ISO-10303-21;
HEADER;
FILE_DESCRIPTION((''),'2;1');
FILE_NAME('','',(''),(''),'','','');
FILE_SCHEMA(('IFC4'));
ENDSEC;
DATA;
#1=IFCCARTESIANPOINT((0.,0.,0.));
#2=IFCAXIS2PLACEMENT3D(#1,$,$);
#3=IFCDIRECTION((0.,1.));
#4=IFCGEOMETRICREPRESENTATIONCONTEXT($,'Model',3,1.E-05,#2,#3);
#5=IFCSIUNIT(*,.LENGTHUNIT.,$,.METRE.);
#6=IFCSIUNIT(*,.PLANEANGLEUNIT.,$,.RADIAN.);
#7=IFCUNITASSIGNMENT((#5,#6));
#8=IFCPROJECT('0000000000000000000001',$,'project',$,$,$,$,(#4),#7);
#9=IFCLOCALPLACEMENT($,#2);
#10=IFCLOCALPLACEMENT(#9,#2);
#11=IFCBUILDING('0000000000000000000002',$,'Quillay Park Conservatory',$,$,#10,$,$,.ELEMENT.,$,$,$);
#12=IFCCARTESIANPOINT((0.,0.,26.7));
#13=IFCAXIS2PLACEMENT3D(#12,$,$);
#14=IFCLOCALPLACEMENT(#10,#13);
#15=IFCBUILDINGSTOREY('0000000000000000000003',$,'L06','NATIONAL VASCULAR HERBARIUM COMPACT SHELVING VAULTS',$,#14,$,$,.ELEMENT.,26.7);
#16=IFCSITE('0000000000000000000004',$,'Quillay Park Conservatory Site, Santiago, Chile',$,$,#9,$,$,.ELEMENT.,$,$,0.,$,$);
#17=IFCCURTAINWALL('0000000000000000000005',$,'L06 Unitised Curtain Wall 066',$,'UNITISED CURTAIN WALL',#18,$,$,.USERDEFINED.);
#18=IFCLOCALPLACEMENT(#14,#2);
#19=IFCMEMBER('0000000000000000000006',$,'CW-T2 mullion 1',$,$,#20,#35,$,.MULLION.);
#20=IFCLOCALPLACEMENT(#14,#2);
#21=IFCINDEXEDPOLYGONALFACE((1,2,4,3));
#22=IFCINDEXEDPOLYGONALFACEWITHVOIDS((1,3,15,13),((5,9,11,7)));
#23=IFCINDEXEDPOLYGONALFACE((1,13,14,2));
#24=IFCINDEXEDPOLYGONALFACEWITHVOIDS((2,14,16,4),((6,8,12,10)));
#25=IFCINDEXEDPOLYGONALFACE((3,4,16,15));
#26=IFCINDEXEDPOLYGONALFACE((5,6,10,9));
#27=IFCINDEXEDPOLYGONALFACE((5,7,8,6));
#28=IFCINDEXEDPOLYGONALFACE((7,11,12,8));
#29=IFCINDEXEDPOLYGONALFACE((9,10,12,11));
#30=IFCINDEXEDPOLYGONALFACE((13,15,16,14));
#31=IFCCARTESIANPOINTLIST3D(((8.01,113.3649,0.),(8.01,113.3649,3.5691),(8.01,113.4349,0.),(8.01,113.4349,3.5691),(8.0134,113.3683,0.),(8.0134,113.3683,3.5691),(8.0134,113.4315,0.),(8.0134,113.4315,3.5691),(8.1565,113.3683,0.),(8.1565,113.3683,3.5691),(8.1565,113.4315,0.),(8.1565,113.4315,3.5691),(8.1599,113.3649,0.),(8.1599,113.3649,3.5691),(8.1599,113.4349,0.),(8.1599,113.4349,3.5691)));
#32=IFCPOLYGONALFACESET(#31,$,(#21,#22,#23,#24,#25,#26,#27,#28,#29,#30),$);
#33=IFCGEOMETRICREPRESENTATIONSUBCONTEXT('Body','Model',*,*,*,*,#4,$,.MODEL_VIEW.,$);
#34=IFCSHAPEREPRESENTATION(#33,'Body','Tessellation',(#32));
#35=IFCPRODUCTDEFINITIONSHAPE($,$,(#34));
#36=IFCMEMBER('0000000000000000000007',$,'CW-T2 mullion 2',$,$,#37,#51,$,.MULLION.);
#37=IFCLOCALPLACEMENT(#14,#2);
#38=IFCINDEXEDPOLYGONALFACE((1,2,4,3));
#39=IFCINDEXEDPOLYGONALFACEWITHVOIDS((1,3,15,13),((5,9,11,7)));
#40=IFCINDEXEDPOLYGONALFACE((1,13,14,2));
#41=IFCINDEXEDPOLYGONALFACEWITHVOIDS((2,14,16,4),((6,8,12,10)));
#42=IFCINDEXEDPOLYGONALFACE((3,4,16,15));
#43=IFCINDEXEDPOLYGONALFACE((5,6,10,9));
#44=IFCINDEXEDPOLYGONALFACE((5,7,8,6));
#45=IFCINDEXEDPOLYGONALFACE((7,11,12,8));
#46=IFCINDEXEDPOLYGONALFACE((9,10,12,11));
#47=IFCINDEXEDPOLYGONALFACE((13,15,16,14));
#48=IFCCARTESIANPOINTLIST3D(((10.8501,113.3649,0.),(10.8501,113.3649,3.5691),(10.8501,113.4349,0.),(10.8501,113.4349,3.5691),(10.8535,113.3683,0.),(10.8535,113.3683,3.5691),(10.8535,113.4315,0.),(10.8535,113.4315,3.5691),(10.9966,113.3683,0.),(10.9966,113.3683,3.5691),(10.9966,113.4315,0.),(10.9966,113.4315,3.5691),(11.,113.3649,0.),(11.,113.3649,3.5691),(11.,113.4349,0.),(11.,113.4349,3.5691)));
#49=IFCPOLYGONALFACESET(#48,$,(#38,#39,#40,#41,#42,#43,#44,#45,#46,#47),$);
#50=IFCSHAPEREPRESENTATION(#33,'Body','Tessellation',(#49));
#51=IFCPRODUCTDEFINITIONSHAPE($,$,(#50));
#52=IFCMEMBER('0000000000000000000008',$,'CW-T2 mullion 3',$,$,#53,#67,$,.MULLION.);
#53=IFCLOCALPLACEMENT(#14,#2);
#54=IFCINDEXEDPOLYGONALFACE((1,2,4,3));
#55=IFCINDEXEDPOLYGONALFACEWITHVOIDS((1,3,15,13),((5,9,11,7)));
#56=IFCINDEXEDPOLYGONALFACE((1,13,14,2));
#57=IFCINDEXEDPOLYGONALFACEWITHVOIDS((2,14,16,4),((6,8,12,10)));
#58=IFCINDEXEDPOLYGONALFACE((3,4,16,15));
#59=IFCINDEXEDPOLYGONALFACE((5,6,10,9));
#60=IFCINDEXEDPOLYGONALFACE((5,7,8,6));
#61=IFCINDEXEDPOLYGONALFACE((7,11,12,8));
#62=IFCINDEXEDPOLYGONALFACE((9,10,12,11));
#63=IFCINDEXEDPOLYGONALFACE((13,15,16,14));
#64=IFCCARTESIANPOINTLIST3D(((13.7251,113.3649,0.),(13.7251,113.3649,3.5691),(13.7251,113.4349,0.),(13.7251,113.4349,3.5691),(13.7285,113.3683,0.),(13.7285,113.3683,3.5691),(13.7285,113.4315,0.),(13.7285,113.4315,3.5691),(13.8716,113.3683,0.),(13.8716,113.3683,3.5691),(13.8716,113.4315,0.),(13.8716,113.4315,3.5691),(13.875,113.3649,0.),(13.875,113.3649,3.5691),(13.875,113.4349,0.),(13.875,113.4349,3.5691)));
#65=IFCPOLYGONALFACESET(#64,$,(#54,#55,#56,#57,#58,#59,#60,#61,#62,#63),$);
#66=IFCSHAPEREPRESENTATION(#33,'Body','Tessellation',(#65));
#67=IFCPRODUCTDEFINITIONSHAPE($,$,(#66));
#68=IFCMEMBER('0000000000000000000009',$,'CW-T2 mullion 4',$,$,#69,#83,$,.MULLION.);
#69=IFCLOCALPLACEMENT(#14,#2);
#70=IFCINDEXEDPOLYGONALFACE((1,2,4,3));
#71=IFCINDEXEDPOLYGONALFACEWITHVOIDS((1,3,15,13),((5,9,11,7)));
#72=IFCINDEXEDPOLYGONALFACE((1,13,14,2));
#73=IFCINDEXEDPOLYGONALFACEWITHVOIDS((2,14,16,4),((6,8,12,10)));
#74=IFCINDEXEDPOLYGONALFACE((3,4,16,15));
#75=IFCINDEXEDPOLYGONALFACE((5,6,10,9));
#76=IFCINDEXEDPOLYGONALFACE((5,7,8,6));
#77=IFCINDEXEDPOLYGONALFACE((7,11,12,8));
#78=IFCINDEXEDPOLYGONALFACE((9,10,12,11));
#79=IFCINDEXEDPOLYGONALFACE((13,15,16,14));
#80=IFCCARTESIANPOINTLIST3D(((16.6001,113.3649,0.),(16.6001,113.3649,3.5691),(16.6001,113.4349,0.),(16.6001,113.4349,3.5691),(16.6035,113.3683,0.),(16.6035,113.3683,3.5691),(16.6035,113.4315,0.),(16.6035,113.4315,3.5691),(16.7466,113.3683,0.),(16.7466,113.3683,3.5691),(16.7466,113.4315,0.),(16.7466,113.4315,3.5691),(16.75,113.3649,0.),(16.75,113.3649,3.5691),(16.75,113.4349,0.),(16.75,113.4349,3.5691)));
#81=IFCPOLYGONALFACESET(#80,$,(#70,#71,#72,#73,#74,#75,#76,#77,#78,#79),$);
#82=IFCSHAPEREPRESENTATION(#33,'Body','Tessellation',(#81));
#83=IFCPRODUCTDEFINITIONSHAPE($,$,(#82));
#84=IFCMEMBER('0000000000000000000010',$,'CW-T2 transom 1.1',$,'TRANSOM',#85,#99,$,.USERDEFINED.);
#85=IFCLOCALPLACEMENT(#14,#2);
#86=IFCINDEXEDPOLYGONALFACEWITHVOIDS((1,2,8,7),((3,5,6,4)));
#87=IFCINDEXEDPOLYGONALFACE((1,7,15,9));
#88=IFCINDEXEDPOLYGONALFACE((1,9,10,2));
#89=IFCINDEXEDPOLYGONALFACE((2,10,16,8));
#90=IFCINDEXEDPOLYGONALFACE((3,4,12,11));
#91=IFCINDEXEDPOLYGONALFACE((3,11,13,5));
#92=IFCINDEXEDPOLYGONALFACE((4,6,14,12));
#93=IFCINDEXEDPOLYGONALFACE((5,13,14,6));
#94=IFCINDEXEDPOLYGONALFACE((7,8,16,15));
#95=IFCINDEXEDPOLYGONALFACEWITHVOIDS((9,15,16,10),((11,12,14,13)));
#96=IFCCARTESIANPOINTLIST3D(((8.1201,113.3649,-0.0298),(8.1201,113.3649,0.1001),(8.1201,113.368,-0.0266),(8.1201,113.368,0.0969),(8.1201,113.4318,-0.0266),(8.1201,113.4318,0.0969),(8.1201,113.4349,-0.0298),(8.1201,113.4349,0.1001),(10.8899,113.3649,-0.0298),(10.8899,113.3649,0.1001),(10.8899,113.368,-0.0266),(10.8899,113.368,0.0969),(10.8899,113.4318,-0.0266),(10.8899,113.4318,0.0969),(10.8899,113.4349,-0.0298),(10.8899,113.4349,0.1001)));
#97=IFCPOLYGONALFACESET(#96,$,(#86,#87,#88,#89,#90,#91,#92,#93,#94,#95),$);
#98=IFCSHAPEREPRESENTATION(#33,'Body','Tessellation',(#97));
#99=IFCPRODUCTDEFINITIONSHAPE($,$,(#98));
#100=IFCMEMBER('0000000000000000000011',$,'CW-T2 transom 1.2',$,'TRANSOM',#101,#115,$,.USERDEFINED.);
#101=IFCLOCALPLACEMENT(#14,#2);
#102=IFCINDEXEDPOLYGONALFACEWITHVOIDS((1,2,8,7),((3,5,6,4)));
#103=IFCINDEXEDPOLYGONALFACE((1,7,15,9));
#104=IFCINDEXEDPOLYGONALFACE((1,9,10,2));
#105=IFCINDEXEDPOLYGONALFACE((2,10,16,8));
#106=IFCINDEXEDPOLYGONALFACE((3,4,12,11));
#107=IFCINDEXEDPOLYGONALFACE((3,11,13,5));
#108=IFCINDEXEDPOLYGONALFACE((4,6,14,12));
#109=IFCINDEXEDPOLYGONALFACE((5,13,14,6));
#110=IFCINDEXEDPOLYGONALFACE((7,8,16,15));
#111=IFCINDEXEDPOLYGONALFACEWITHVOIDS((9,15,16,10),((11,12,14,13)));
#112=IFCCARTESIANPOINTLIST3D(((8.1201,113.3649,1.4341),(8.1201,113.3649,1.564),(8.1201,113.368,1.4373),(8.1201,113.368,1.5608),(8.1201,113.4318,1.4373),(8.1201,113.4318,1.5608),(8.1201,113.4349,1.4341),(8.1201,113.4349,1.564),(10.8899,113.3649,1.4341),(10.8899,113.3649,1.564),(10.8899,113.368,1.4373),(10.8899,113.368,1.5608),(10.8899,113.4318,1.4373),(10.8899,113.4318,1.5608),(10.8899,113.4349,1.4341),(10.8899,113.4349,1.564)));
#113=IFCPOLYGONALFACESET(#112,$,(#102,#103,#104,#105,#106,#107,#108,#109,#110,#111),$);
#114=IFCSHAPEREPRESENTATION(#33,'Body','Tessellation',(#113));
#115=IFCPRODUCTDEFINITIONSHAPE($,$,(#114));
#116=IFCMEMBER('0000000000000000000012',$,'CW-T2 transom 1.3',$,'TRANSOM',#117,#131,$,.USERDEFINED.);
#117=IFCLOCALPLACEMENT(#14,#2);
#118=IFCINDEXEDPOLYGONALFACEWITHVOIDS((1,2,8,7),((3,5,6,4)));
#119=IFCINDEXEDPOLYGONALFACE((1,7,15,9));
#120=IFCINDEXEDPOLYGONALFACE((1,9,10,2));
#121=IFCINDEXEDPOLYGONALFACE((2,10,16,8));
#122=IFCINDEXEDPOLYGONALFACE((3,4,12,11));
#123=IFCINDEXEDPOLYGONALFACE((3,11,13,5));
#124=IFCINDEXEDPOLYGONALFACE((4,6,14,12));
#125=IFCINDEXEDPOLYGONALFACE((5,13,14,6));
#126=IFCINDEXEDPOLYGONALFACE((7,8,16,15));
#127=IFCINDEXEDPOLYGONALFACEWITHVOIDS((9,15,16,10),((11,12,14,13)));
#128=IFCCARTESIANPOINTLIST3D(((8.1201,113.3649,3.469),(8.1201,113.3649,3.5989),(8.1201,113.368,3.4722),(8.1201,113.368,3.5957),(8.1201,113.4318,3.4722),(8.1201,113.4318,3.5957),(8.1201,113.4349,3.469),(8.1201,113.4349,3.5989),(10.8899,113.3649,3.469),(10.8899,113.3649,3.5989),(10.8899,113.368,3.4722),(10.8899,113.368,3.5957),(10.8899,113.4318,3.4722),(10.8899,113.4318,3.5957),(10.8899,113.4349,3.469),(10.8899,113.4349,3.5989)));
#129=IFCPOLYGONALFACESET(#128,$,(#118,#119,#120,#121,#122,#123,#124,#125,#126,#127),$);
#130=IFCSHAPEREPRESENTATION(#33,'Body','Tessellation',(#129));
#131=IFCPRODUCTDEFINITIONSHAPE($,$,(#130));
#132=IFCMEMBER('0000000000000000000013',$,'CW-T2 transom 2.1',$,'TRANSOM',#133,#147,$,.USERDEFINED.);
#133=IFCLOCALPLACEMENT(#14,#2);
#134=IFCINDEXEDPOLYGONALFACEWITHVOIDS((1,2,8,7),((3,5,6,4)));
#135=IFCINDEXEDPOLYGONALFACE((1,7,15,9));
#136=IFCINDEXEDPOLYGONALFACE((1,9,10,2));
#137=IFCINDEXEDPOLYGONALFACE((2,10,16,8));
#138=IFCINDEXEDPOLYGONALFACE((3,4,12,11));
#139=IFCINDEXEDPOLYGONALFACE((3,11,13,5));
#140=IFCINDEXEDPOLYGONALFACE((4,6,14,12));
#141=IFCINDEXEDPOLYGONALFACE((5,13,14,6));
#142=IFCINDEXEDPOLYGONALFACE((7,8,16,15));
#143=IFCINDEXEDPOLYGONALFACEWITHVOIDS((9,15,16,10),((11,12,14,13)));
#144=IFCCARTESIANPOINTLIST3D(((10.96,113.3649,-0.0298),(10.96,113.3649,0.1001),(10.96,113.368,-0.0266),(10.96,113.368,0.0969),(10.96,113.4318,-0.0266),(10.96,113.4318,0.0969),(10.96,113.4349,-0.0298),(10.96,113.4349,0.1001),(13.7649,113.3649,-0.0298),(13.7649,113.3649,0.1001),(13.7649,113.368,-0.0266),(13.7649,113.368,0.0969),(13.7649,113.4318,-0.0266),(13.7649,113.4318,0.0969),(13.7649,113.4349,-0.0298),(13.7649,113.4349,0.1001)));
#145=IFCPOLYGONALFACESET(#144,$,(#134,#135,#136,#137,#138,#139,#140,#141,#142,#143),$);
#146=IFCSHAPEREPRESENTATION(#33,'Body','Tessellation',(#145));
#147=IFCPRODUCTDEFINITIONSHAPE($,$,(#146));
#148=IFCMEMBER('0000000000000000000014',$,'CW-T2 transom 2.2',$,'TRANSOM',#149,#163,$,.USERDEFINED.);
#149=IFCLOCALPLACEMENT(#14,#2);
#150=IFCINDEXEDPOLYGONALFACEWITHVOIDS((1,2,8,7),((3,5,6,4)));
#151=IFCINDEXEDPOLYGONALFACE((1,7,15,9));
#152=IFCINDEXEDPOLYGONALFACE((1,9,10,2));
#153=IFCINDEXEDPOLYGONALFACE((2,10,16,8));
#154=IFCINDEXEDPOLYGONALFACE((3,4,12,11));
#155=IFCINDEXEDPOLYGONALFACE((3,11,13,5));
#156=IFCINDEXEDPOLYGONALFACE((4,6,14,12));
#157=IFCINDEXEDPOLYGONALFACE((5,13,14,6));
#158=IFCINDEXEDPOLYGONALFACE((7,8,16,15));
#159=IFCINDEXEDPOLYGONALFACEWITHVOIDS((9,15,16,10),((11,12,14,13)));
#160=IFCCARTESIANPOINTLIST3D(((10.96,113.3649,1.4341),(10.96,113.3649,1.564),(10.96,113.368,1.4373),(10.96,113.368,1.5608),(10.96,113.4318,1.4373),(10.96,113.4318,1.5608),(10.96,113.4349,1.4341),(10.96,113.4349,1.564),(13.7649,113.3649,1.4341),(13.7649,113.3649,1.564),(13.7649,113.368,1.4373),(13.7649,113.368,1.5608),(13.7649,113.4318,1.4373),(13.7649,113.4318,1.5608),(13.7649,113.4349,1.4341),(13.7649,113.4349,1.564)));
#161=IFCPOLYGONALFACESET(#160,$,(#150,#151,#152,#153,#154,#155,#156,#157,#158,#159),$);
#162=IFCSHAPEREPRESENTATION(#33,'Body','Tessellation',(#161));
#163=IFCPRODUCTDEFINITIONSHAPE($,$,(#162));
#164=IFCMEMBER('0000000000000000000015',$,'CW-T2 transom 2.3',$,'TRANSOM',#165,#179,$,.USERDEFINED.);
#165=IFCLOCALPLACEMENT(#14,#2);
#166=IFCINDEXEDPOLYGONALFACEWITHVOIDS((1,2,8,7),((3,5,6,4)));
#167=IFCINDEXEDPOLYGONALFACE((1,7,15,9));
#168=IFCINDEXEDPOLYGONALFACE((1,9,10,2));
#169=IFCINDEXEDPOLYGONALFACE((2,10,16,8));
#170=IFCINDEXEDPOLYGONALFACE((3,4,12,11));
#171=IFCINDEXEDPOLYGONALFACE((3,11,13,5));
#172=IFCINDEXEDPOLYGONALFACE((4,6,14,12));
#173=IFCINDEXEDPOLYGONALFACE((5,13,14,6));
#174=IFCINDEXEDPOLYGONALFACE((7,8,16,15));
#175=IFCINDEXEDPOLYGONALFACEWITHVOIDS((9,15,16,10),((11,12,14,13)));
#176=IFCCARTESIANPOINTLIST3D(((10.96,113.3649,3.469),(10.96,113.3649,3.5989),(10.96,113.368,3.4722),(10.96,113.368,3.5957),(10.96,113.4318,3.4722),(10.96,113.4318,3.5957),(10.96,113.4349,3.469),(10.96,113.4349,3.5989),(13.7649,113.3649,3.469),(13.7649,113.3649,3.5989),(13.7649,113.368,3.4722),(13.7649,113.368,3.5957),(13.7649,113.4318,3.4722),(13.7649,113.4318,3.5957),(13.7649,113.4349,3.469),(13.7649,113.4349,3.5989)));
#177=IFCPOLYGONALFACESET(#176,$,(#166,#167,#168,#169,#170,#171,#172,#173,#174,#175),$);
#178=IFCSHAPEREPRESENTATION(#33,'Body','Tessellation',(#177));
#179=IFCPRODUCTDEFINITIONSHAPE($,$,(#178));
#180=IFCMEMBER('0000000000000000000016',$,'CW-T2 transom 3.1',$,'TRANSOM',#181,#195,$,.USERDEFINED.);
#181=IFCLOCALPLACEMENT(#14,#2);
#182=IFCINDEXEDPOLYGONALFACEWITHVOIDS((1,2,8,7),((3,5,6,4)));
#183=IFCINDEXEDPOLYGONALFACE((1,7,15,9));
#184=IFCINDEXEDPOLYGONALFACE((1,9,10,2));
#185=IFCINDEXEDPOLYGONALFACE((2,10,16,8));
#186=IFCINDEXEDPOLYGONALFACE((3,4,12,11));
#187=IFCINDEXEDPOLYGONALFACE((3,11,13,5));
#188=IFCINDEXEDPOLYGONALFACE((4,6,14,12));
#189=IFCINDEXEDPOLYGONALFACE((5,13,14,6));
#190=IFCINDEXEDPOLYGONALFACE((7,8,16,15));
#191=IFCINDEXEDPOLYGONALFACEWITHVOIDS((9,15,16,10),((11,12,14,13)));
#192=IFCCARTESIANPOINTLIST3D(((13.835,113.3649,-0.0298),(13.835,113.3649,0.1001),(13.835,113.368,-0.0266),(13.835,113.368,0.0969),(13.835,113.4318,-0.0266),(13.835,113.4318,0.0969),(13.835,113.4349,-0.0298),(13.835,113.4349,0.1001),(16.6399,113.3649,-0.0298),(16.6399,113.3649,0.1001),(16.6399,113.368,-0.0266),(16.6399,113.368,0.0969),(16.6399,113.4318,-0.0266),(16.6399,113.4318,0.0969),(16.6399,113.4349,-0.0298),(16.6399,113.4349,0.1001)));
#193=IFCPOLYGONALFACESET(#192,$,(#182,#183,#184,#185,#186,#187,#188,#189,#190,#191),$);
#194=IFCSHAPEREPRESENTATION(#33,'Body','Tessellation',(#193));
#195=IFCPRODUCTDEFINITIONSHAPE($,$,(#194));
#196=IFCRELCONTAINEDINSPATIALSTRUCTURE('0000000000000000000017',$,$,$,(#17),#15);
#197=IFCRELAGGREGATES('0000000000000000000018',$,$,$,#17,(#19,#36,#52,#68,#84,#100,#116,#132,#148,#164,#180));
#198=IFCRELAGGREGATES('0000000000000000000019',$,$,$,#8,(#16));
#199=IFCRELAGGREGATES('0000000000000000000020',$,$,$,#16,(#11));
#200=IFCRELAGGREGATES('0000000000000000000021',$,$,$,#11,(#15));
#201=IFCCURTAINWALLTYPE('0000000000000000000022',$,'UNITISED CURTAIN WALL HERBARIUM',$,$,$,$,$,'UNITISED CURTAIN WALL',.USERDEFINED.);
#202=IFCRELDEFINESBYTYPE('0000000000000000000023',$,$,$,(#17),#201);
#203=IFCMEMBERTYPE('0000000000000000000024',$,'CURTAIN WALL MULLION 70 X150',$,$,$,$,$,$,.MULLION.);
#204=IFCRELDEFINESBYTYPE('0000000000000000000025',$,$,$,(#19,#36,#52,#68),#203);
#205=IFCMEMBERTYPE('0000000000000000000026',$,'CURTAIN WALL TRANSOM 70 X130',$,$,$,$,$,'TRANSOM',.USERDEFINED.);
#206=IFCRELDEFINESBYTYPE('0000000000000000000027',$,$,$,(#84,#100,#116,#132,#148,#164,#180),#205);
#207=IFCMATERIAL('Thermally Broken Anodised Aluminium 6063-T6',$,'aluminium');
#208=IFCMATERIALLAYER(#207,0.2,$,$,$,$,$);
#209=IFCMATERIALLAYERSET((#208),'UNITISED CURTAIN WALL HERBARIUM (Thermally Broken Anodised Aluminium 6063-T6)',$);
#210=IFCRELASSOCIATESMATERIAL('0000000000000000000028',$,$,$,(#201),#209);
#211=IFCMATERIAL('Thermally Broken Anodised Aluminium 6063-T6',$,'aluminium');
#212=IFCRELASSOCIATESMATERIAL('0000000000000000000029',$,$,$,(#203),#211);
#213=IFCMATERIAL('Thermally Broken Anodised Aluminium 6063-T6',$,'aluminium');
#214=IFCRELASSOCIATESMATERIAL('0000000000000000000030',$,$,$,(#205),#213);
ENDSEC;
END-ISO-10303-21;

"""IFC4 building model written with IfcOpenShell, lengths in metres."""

from ifc_helpers import new_model, si_unit, direction, frame, origin, origin_2d, place, context, subcontext, project, spatial, hollow_rectangle, extrude, material, layer, layer_set, material_profile, profile_set, type_object, element, aggregate, save


model = new_model("IFC4")

# Units and contexts
model_context = context("Model", 3, precision=1e-05, world=origin(), true_north=direction((0.0, 1.0)))
body_context = subcontext(model_context, "Body", "Model", "MODEL_VIEW")
ifc_project = project(units=[si_unit("LENGTHUNIT", "METRE"), si_unit("PLANEANGLEUNIT", "RADIAN")], contexts=[model_context])

# Site, building, storey
site_placement = place(None, origin())
site = spatial("IfcSite", under=ifc_project, at=site_placement, Name="Quillay Park Conservatory Site, Santiago, Chile", CompositionType="ELEMENT", RefElevation=0.0)
building_placement = place(site_placement, origin())
building = spatial("IfcBuilding", under=site, at=building_placement, Name="Quillay Park Conservatory", CompositionType="ELEMENT")
storey_placement = place(building_placement, frame((0.0, 0.0, 26.7)))
storey = spatial("IfcBuildingStorey", under=building, at=storey_placement, Name="L06", Description="NATIONAL VASCULAR HERBARIUM COMPACT SHELVING VAULTS", CompositionType="ELEMENT", Elevation=26.7)

# Curtain wall, members
ifc_material_1 = material(Name="Thermally Broken Anodised Aluminium 6063-T6", Category="aluminium")
ifc_layer_1 = layer(ifc_material_1, 0.2)
ifc_layer_set_1 = layer_set([ifc_layer_1], Name="UNITISED CURTAIN WALL HERBARIUM (Thermally Broken Anodised Aluminium 6063-T6)")
curtain_wall_type = type_object("IfcCurtainWallType", Name="UNITISED CURTAIN WALL HERBARIUM", ElementType="UNITISED CURTAIN WALL", PredefinedType="USERDEFINED", material=ifc_layer_set_1)
curtain_wall_placement = place(storey_placement, origin())
curtain_wall = element("IfcCurtainWall", 1, at=curtain_wall_placement, inside=storey, type_object=curtain_wall_type, Name="L06 Unitised Curtain Wall 066", ObjectType="UNITISED CURTAIN WALL", PredefinedType="USERDEFINED")
ifc_material_2 = material(Name="Thermally Broken Anodised Aluminium 6063-T6", Category="aluminium")
ifc_material_profile_1 = material_profile(ifc_material_2, hollow_rectangle(XDim=0.0701, YDim=0.1499, WallThickness=0.0034, at=origin_2d()), Name="AL70x150x3.5")
ifc_profile_set_1 = profile_set([ifc_material_profile_1], Name="Thermally Broken Anodised Aluminium 6063-T6")
member_type_1 = type_object("IfcMemberType", Name="CURTAIN WALL MULLION 70 X150", PredefinedType="MULLION", material=ifc_profile_set_1)
member_1_placement = place(storey_placement, frame((8.085, 113.3999, 0.0), z_axis=(0.0, 0.0, 1.0), x_axis=(0.0, 1.0, 0.0)))
member_1 = element("IfcMember", 2, at=member_1_placement, type_object=member_type_1, Name="CW-T2 mullion 1", PredefinedType="MULLION", context=body_context, shape_type="SweptSolid", body=[
    extrude(hollow_rectangle(XDim=0.0701, YDim=0.1499, WallThickness=0.0034, at=origin_2d()), origin(), (0.0, 0.0, 1.0), 3.5691),
])
member_2_placement = place(storey_placement, frame((10.925, 113.3999, 0.0), z_axis=(0.0, 0.0, 1.0), x_axis=(0.0, 1.0, 0.0)))
member_2 = element("IfcMember", 3, at=member_2_placement, type_object=member_type_1, Name="CW-T2 mullion 2", PredefinedType="MULLION", context=body_context, shape_type="SweptSolid", body=[
    extrude(hollow_rectangle(XDim=0.0701, YDim=0.1499, WallThickness=0.0034, at=origin_2d()), origin(), (0.0, 0.0, 1.0), 3.5691),
])
member_3_placement = place(storey_placement, frame((13.8, 113.3999, 0.0), z_axis=(0.0, 0.0, 1.0), x_axis=(0.0, 1.0, 0.0)))
member_3 = element("IfcMember", 4, at=member_3_placement, type_object=member_type_1, Name="CW-T2 mullion 3", PredefinedType="MULLION", context=body_context, shape_type="SweptSolid", body=[
    extrude(hollow_rectangle(XDim=0.0701, YDim=0.1499, WallThickness=0.0034, at=origin_2d()), origin(), (0.0, 0.0, 1.0), 3.5691),
])
member_4_placement = place(storey_placement, frame((16.675, 113.3999, 0.0), z_axis=(0.0, 0.0, 1.0), x_axis=(0.0, 1.0, 0.0)))
member_4 = element("IfcMember", 5, at=member_4_placement, type_object=member_type_1, Name="CW-T2 mullion 4", PredefinedType="MULLION", context=body_context, shape_type="SweptSolid", body=[
    extrude(hollow_rectangle(XDim=0.0701, YDim=0.1499, WallThickness=0.0034, at=origin_2d()), origin(), (0.0, 0.0, 1.0), 3.5691),
])
ifc_material_3 = material(Name="Thermally Broken Anodised Aluminium 6063-T6", Category="aluminium")
ifc_material_profile_2 = material_profile(ifc_material_3, hollow_rectangle(XDim=0.0701, YDim=0.1299, WallThickness=0.0032, at=origin_2d()), Name="AL70x130x3.2")
ifc_profile_set_2 = profile_set([ifc_material_profile_2], Name="Thermally Broken Anodised Aluminium 6063-T6")
member_type_2 = type_object("IfcMemberType", Name="CURTAIN WALL TRANSOM 70 X130", ElementType="TRANSOM", PredefinedType="USERDEFINED", material=ifc_profile_set_2)
member_5_placement = place(storey_placement, frame((8.1201, 113.3999, 0.0352), z_axis=(1.0, 0.0, 0.0), x_axis=(0.0, 1.0, 0.0)))
member_5 = element("IfcMember", 6, at=member_5_placement, type_object=member_type_2, Name="CW-T2 transom 1.1", ObjectType="TRANSOM", PredefinedType="USERDEFINED", context=body_context, shape_type="SweptSolid", body=[
    extrude(hollow_rectangle(XDim=0.0701, YDim=0.1299, WallThickness=0.0032, at=origin_2d()), origin(), (0.0, 0.0, 1.0), 2.7698),
])
member_6_placement = place(storey_placement, frame((8.1201, 113.3999, 1.499), z_axis=(1.0, 0.0, 0.0), x_axis=(0.0, 1.0, 0.0)))
member_6 = element("IfcMember", 7, at=member_6_placement, type_object=member_type_2, Name="CW-T2 transom 1.2", ObjectType="TRANSOM", PredefinedType="USERDEFINED", context=body_context, shape_type="SweptSolid", body=[
    extrude(hollow_rectangle(XDim=0.0701, YDim=0.1299, WallThickness=0.0032, at=origin_2d()), origin(), (0.0, 0.0, 1.0), 2.7698),
])
member_7_placement = place(storey_placement, frame((8.1201, 113.3999, 3.5339), z_axis=(1.0, 0.0, 0.0), x_axis=(0.0, 1.0, 0.0)))
member_7 = element("IfcMember", 8, at=member_7_placement, type_object=member_type_2, Name="CW-T2 transom 1.3", ObjectType="TRANSOM", PredefinedType="USERDEFINED", context=body_context, shape_type="SweptSolid", body=[
    extrude(hollow_rectangle(XDim=0.0701, YDim=0.1299, WallThickness=0.0032, at=origin_2d()), origin(), (0.0, 0.0, 1.0), 2.7698),
])
member_8_placement = place(storey_placement, frame((10.96, 113.3999, 0.0352), z_axis=(1.0, 0.0, 0.0), x_axis=(0.0, 1.0, 0.0)))
member_8 = element("IfcMember", 9, at=member_8_placement, type_object=member_type_2, Name="CW-T2 transom 2.1", ObjectType="TRANSOM", PredefinedType="USERDEFINED", context=body_context, shape_type="SweptSolid", body=[
    extrude(hollow_rectangle(XDim=0.0701, YDim=0.1299, WallThickness=0.0032, at=origin_2d()), origin(), (0.0, 0.0, 1.0), 2.8049),
])
member_9_placement = place(storey_placement, frame((10.96, 113.3999, 1.499), z_axis=(1.0, 0.0, 0.0), x_axis=(0.0, 1.0, 0.0)))
member_9 = element("IfcMember", 10, at=member_9_placement, type_object=member_type_2, Name="CW-T2 transom 2.2", ObjectType="TRANSOM", PredefinedType="USERDEFINED", context=body_context, shape_type="SweptSolid", body=[
    extrude(hollow_rectangle(XDim=0.0701, YDim=0.1299, WallThickness=0.0032, at=origin_2d()), origin(), (0.0, 0.0, 1.0), 2.8049),
])
member_10_placement = place(storey_placement, frame((10.96, 113.3999, 3.5339), z_axis=(1.0, 0.0, 0.0), x_axis=(0.0, 1.0, 0.0)))
member_10 = element("IfcMember", 11, at=member_10_placement, type_object=member_type_2, Name="CW-T2 transom 2.3", ObjectType="TRANSOM", PredefinedType="USERDEFINED", context=body_context, shape_type="SweptSolid", body=[
    extrude(hollow_rectangle(XDim=0.0701, YDim=0.1299, WallThickness=0.0032, at=origin_2d()), origin(), (0.0, 0.0, 1.0), 2.8049),
])
member_11_placement = place(storey_placement, frame((13.835, 113.3999, 0.0352), z_axis=(1.0, 0.0, 0.0), x_axis=(0.0, 1.0, 0.0)))
member_11 = element("IfcMember", 12, at=member_11_placement, type_object=member_type_2, Name="CW-T2 transom 3.1", ObjectType="TRANSOM", PredefinedType="USERDEFINED", context=body_context, shape_type="SweptSolid", body=[
    extrude(hollow_rectangle(XDim=0.0701, YDim=0.1299, WallThickness=0.0032, at=origin_2d()), origin(), (0.0, 0.0, 1.0), 2.8049),
])
aggregate(curtain_wall, [member_1, member_2, member_3, member_4, member_5, member_6, member_7, member_8, member_9, member_10, member_11])

save(model, "model.ifc")
